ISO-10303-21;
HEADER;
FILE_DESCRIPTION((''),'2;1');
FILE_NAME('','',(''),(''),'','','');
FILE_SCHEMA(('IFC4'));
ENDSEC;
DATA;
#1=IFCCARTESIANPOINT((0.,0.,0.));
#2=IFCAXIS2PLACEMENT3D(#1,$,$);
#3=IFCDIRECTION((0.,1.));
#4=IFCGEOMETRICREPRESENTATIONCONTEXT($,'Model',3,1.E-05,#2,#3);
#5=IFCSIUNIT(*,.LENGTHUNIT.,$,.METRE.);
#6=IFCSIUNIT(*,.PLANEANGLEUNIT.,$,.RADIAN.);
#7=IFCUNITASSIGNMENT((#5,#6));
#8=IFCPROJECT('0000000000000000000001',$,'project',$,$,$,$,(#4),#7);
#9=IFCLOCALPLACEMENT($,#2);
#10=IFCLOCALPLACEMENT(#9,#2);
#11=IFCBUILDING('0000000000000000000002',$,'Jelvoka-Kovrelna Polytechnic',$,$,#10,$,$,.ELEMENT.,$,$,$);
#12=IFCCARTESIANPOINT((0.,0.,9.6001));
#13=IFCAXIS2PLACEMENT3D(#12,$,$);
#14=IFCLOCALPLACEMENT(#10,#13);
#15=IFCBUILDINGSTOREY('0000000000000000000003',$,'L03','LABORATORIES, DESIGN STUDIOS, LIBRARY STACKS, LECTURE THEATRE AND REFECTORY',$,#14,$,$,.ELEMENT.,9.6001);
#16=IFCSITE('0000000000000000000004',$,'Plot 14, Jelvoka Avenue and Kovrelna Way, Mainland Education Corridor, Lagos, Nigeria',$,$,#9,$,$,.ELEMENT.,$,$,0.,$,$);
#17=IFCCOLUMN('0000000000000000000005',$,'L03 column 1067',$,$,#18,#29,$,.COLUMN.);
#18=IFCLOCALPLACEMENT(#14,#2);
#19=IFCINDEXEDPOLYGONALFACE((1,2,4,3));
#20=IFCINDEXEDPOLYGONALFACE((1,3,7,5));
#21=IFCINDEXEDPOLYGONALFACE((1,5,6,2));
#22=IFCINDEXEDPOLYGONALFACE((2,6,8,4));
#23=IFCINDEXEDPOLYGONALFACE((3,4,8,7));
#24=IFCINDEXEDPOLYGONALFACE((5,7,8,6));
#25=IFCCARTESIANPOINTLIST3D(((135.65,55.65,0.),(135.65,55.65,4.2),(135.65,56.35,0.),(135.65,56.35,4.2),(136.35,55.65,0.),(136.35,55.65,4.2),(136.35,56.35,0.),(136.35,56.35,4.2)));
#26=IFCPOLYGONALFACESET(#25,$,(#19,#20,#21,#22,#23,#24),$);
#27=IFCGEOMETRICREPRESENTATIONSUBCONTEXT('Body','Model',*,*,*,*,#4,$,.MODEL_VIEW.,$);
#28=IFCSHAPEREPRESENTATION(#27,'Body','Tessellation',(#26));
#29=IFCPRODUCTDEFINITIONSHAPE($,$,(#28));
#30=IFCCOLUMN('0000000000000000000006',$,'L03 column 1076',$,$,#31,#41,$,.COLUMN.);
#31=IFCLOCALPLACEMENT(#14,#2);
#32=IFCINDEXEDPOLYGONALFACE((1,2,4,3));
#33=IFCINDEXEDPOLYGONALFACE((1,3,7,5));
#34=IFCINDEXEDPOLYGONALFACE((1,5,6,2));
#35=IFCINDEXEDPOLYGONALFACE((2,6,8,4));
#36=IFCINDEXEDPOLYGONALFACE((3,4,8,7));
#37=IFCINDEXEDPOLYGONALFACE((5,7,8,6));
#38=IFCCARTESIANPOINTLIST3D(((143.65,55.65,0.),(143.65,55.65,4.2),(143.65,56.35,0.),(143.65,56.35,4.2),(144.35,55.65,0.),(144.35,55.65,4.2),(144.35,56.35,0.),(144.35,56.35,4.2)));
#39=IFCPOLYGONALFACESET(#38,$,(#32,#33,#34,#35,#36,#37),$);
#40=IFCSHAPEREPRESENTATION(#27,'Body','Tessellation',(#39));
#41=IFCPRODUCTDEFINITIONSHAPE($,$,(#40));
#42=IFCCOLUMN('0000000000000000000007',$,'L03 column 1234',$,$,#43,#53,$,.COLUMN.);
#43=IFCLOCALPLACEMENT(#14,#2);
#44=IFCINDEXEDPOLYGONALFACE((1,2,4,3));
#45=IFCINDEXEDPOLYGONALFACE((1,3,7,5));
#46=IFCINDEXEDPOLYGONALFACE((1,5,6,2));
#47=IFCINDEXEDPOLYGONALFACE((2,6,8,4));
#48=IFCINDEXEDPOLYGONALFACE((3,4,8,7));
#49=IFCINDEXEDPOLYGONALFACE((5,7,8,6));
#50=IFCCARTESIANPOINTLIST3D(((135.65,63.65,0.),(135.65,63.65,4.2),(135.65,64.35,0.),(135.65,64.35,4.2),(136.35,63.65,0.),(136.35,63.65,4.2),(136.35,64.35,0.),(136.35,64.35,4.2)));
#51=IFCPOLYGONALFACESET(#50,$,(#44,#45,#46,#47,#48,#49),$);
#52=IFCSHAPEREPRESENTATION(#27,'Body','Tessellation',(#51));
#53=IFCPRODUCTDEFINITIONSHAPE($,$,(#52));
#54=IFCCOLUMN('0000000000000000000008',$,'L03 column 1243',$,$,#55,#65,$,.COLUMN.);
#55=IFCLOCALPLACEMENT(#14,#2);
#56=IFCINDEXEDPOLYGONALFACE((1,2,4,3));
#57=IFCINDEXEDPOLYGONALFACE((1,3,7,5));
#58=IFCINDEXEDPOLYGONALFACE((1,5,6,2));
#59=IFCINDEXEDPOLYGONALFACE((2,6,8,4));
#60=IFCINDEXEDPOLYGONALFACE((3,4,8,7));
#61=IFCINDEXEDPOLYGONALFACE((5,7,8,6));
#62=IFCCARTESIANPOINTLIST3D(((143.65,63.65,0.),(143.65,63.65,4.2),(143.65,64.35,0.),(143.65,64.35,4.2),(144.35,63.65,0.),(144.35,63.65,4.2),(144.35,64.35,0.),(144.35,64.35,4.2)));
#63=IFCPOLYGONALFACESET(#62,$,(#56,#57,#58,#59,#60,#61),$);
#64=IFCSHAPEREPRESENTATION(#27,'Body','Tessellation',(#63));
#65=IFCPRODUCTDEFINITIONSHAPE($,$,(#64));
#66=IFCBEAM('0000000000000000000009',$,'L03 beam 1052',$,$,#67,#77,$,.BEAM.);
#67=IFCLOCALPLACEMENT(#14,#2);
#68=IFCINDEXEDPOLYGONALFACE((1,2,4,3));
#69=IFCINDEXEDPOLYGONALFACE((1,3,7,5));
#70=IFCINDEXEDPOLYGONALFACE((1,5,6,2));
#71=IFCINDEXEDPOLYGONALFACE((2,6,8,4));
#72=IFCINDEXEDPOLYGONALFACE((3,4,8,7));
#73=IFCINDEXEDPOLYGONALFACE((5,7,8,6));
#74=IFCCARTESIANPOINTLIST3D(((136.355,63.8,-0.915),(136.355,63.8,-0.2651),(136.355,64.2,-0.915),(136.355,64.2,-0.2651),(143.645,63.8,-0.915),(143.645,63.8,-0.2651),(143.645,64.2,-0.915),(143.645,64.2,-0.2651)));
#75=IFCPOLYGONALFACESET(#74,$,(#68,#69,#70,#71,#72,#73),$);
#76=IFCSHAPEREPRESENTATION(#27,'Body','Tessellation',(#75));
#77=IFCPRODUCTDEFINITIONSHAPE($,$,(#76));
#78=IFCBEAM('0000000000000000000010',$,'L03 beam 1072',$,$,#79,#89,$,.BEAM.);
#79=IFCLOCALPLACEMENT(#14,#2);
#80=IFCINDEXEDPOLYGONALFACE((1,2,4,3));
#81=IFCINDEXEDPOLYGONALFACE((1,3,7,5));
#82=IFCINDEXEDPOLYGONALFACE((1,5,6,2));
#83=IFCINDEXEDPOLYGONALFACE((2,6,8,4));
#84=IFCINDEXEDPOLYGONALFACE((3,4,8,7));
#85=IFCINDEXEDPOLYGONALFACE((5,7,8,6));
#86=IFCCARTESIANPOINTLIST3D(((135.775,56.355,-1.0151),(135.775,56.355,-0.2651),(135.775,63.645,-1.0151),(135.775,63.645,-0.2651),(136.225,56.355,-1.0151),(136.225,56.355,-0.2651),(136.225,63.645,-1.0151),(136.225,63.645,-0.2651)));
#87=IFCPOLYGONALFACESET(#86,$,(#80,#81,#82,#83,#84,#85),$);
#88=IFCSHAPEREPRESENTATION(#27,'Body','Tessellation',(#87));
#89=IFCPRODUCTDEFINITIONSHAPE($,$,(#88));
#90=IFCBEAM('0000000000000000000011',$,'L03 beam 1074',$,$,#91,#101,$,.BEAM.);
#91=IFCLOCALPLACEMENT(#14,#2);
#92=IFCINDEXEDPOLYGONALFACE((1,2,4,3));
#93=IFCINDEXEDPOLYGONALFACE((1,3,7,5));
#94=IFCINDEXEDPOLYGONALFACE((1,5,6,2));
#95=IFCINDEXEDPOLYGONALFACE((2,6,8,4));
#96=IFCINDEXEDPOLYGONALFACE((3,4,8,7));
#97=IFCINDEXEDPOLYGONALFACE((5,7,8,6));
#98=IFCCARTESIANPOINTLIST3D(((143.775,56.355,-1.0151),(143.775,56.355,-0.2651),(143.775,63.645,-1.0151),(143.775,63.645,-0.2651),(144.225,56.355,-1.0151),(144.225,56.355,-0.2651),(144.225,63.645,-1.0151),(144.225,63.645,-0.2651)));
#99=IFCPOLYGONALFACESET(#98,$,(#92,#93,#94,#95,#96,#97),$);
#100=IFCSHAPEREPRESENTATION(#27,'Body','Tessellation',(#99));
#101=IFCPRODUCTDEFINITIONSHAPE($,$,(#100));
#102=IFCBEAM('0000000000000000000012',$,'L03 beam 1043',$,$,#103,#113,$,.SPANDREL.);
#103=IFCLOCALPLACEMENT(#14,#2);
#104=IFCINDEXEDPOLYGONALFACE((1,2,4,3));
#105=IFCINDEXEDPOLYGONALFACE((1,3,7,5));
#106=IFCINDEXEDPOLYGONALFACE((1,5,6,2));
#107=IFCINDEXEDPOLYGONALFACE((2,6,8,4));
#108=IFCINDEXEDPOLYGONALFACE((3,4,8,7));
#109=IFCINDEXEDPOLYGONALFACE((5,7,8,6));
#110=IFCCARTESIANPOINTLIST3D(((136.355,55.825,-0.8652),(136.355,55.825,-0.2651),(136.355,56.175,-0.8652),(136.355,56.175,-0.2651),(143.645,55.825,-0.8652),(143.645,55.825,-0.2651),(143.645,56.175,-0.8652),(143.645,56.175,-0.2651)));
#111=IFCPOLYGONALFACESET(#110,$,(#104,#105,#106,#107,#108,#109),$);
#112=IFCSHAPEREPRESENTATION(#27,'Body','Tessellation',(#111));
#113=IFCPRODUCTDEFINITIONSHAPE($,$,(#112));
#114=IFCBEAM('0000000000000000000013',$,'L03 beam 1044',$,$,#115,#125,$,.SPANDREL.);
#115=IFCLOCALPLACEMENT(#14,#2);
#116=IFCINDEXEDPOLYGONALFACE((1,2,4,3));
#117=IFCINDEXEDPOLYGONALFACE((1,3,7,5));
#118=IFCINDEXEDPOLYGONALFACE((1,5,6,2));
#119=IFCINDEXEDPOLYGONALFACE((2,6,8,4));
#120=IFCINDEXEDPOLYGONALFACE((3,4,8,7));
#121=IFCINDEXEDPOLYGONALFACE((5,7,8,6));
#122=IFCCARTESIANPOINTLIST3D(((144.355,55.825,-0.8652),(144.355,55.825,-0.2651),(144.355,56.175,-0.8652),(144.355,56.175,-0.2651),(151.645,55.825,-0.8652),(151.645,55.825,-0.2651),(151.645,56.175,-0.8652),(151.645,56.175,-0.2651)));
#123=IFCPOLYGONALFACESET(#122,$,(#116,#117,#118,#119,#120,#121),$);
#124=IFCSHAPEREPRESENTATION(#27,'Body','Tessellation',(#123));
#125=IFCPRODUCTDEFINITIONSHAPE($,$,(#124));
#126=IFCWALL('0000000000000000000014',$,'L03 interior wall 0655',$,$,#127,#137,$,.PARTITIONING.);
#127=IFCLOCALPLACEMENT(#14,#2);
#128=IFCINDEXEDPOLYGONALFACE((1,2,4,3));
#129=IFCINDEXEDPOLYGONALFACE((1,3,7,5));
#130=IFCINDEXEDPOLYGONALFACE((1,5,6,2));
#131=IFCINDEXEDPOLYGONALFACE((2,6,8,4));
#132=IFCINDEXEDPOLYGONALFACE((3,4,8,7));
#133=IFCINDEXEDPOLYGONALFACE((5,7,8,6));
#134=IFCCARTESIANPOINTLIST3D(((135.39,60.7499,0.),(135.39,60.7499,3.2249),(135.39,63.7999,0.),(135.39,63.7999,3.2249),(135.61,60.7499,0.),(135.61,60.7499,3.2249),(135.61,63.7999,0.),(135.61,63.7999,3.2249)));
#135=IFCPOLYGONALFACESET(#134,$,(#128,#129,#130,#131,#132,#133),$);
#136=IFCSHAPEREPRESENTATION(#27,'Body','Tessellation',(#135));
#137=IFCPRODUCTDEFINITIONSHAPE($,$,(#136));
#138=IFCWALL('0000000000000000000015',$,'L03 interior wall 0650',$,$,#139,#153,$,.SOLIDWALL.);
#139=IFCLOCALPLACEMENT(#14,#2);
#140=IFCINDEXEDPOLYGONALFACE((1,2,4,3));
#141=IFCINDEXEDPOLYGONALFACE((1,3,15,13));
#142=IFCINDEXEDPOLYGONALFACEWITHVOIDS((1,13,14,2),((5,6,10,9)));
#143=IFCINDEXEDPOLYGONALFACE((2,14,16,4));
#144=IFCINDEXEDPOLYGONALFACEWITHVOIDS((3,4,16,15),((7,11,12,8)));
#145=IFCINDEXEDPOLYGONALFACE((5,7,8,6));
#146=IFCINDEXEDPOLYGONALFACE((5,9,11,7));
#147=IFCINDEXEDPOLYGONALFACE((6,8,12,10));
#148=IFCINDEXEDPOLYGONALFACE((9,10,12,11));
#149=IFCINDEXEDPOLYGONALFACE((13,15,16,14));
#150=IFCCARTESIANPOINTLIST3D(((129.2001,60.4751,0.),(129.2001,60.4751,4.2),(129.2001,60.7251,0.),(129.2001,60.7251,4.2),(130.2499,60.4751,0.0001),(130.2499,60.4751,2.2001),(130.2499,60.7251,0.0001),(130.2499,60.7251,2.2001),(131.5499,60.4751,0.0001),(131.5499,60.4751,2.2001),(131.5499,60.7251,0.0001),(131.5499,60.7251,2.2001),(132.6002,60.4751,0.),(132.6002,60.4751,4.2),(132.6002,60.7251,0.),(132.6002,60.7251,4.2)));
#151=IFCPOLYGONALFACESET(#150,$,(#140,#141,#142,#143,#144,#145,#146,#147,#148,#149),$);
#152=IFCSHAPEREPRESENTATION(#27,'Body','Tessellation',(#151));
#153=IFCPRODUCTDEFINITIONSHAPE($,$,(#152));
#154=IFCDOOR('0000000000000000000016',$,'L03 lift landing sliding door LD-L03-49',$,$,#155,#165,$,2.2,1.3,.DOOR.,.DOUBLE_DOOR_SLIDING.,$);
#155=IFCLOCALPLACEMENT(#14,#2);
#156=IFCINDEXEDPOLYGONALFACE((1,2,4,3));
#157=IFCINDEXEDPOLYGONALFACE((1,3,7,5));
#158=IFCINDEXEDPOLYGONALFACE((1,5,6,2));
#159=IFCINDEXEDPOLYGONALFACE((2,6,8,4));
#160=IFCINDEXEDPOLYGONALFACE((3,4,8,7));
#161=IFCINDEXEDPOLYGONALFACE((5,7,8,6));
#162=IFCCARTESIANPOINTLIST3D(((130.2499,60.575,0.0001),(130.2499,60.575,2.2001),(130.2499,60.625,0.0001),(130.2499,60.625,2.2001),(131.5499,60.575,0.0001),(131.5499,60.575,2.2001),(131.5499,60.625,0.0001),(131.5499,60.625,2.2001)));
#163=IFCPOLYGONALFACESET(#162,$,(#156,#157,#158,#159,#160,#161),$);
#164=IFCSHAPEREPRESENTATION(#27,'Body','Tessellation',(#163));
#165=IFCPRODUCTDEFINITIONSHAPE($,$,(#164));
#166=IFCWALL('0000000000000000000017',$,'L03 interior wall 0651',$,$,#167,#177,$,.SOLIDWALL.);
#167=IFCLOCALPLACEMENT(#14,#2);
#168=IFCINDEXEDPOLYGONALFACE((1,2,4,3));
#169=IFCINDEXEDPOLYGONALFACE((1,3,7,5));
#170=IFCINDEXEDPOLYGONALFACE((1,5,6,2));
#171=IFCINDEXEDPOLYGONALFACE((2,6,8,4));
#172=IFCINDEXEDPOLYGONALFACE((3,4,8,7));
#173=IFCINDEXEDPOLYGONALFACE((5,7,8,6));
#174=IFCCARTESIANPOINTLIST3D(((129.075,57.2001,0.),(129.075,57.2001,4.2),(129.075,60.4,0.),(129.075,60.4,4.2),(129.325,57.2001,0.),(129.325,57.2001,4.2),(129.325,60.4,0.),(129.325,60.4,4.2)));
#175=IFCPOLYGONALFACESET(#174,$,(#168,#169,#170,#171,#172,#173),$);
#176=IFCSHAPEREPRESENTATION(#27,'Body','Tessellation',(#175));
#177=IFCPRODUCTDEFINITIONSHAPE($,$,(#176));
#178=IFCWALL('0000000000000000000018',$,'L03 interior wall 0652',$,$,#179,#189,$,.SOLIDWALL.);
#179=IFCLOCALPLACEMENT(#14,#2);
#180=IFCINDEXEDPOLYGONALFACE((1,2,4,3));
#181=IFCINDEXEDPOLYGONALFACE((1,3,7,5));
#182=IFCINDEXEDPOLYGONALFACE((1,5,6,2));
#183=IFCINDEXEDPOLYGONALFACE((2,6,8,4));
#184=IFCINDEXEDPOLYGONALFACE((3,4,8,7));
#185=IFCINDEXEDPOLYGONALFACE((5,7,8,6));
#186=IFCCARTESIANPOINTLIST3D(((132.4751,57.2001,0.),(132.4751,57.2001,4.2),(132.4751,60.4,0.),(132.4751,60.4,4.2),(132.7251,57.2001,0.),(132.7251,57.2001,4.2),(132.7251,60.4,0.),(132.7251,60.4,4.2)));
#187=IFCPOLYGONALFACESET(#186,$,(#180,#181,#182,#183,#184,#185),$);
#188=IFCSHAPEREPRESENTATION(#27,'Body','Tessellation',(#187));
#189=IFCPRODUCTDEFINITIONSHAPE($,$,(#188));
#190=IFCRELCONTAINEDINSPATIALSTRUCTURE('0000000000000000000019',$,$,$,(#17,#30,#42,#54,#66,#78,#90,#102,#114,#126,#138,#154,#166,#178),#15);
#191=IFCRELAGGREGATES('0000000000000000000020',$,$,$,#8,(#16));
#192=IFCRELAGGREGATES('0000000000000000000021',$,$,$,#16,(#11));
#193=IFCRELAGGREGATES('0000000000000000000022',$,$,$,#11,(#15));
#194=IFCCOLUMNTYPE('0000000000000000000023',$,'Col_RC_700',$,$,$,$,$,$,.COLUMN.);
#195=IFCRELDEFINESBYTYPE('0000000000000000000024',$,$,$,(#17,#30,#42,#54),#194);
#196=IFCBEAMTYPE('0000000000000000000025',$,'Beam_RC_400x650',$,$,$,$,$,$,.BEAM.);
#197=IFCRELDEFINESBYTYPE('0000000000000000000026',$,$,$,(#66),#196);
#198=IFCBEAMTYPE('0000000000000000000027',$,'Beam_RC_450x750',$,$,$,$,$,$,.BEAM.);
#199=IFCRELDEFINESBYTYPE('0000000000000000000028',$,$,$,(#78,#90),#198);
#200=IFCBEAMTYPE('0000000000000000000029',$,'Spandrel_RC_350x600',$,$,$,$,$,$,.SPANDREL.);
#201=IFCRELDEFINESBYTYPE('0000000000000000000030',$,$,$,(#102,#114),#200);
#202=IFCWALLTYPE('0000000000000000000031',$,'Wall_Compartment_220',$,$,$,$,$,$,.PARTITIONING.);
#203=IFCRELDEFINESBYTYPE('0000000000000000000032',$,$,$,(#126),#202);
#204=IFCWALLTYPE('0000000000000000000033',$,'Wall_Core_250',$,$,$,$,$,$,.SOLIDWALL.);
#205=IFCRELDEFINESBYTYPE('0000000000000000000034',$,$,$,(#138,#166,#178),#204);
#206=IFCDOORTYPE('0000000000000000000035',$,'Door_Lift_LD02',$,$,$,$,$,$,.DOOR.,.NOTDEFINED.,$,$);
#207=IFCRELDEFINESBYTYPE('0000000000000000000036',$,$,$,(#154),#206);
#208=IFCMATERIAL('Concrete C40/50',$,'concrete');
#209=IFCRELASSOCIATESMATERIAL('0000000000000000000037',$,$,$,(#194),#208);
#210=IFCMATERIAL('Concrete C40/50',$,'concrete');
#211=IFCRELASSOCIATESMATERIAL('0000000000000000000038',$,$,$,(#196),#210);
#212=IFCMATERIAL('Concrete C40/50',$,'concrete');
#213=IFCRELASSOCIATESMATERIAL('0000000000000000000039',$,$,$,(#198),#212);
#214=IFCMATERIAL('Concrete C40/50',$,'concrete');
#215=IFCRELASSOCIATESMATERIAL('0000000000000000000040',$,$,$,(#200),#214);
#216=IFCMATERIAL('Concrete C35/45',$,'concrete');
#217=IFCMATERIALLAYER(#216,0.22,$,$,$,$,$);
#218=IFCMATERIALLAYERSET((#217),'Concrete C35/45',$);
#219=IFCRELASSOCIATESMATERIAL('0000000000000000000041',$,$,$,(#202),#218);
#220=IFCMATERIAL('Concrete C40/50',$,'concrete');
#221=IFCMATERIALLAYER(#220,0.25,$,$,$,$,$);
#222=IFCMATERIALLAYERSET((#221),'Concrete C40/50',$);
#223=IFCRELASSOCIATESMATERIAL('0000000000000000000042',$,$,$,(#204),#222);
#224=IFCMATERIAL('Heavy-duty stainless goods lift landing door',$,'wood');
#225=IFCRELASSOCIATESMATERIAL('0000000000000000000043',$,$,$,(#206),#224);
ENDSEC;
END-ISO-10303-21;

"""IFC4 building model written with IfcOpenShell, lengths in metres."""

from ifc_helpers import new_model, si_unit, direction, frame, frame_2d, origin, origin_2d, place, context, subcontext, project, spatial, rectangle, extrude, material, layer, layer_set, material_profile, profile_set, type_object, element, fill, save


model = new_model("IFC4")

# Units and contexts
model_context = context("Model", 3, precision=1e-05, world=origin(), true_north=direction((0.0, 1.0)))
body_context = subcontext(model_context, "Body", "Model", "MODEL_VIEW")
ifc_project = project(units=[si_unit("LENGTHUNIT", "METRE"), si_unit("PLANEANGLEUNIT", "RADIAN")], contexts=[model_context])

# Site, building, storey
site_placement = place(None, origin())
site = spatial("IfcSite", under=ifc_project, at=site_placement, Name="Plot 14, Jelvoka Avenue and Kovrelna Way, Mainland Education Corridor, Lagos, Nigeria", CompositionType="ELEMENT", RefElevation=0.0)
building_placement = place(site_placement, origin())
building = spatial("IfcBuilding", under=site, at=building_placement, Name="Jelvoka-Kovrelna Polytechnic", CompositionType="ELEMENT")
storey_placement = place(building_placement, frame((0.0, 0.0, 9.6001)))
storey = spatial("IfcBuildingStorey", under=building, at=storey_placement, Name="L03", Description="LABORATORIES, DESIGN STUDIOS, LIBRARY STACKS, LECTURE THEATRE AND REFECTORY", CompositionType="ELEMENT", Elevation=9.6001)

# Columns
ifc_material_1 = material(Name="Concrete C40/50", Category="concrete")
ifc_material_profile_1 = material_profile(ifc_material_1, rectangle(XDim=0.7, YDim=0.7, at=origin_2d()), Name="RC 700x700")
ifc_profile_set_1 = profile_set([ifc_material_profile_1], Name="Concrete C40/50")
column_type = type_object("IfcColumnType", Name="Col_RC_700", PredefinedType="COLUMN", material=ifc_profile_set_1)
for number, where, z_axis, x_axis, name in (
    (1, (136.0, 56.0, 0.0), (0.0, 0.0, 1.0), (1.0, 0.0, 0.0), "L03 column 1067"),
    (2, (144.0, 56.0, 0.0), (0.0, 0.0, 1.0), (1.0, 0.0, 0.0), "L03 column 1076"),
    (3, (136.0, 64.0, 0.0), (0.0, 0.0, 1.0), (1.0, 0.0, 0.0), "L03 column 1234"),
    (4, (144.0, 64.0, 0.0), (0.0, 0.0, 1.0), (1.0, 0.0, 0.0), "L03 column 1243"),
):
    element("IfcColumn", number, at=place(storey_placement, frame(where, z_axis=z_axis, x_axis=x_axis)), inside=storey, type_object=column_type, Name=name, PredefinedType="COLUMN", context=body_context, shape_type="SweptSolid", body=[
        extrude(rectangle(XDim=0.7, YDim=0.7, at=origin_2d()), origin(), (0.0, 0.0, 1.0), 4.2),
    ])

# Beams
ifc_material_2 = material(Name="Concrete C40/50", Category="concrete")
ifc_material_profile_2 = material_profile(ifc_material_2, rectangle(XDim=0.3999, YDim=0.6499, at=origin_2d()), Name="RC 400x650")
ifc_profile_set_2 = profile_set([ifc_material_profile_2], Name="Concrete C40/50")
beam_type_1 = type_object("IfcBeamType", Name="Beam_RC_400x650", PredefinedType="BEAM", material=ifc_profile_set_2)
beam_placement = place(storey_placement, frame((136.355, 64.0, -0.5901), z_axis=(1.0, 0.0, 0.0), x_axis=(0.0, 1.0, 0.0)))
element("IfcBeam", 5, at=beam_placement, inside=storey, type_object=beam_type_1, Name="L03 beam 1052", PredefinedType="BEAM", context=body_context, shape_type="SweptSolid", body=[
    extrude(rectangle(XDim=0.3999, YDim=0.6499, at=origin_2d()), origin(), (0.0, 0.0, 1.0), 7.29),
])
ifc_material_3 = material(Name="Concrete C40/50", Category="concrete")
ifc_material_profile_3 = material_profile(ifc_material_3, rectangle(XDim=0.45, YDim=0.75, at=origin_2d()), Name="RC 450x750")
ifc_profile_set_3 = profile_set([ifc_material_profile_3], Name="Concrete C40/50")
beam_type_2 = type_object("IfcBeamType", Name="Beam_RC_450x750", PredefinedType="BEAM", material=ifc_profile_set_3)
for number, where, z_axis, x_axis, name in (
    (6, (136.0, 56.355, -0.6401), (0.0, 1.0, 0.0), (-1.0, 0.0, 0.0), "L03 beam 1072"),
    (7, (144.0, 56.355, -0.6401), (0.0, 1.0, 0.0), (-1.0, 0.0, 0.0), "L03 beam 1074"),
):
    element("IfcBeam", number, at=place(storey_placement, frame(where, z_axis=z_axis, x_axis=x_axis)), inside=storey, type_object=beam_type_2, Name=name, PredefinedType="BEAM", context=body_context, shape_type="SweptSolid", body=[
        extrude(rectangle(XDim=0.45, YDim=0.75, at=origin_2d()), origin(), (0.0, 0.0, 1.0), 7.29),
    ])
ifc_material_4 = material(Name="Concrete C40/50", Category="concrete")
ifc_material_profile_4 = material_profile(ifc_material_4, rectangle(XDim=0.3501, YDim=0.6001, at=origin_2d()), Name="RC 350x600")
ifc_profile_set_4 = profile_set([ifc_material_profile_4], Name="Concrete C40/50")
beam_type_3 = type_object("IfcBeamType", Name="Spandrel_RC_350x600", PredefinedType="SPANDREL", material=ifc_profile_set_4)
for number, where, z_axis, x_axis, name in (
    (8, (136.355, 56.0, -0.5652), (1.0, 0.0, 0.0), (0.0, 1.0, 0.0), "L03 beam 1043"),
    (9, (144.355, 56.0, -0.5652), (1.0, 0.0, 0.0), (0.0, 1.0, 0.0), "L03 beam 1044"),
):
    element("IfcBeam", number, at=place(storey_placement, frame(where, z_axis=z_axis, x_axis=x_axis)), inside=storey, type_object=beam_type_3, Name=name, PredefinedType="SPANDREL", context=body_context, shape_type="SweptSolid", body=[
        extrude(rectangle(XDim=0.3501, YDim=0.6001, at=origin_2d()), origin(), (0.0, 0.0, 1.0), 7.29),
    ])

# Wall
ifc_material_5 = material(Name="Concrete C35/45", Category="concrete")
ifc_layer_1 = layer(ifc_material_5, 0.22)
ifc_layer_set_1 = layer_set([ifc_layer_1], Name="Concrete C35/45")
wall_type_1 = type_object("IfcWallType", Name="Wall_Compartment_220", PredefinedType="PARTITIONING", material=ifc_layer_set_1)
wall_1_placement = place(storey_placement, frame((135.5, 60.75, 0.0), z_axis=(0.0, 0.0, 1.0), x_axis=(0.0, 1.0, 0.0)))
element("IfcWall", 10, at=wall_1_placement, inside=storey, type_object=wall_type_1, Name="L03 interior wall 0655", PredefinedType="PARTITIONING", context=body_context, shape_type="SweptSolid", body=[
    extrude(rectangle(XDim=3.05, YDim=0.22, at=frame_2d((1.5249, 0.0))), origin(), (0.0, 0.0, 1.0), 3.2249),
])

# Wall, opening, door
ifc_material_6 = material(Name="Concrete C40/50", Category="concrete")
ifc_layer_2 = layer(ifc_material_6, 0.25)
ifc_layer_set_2 = layer_set([ifc_layer_2], Name="Concrete C40/50")
wall_type_2 = type_object("IfcWallType", Name="Wall_Core_250", PredefinedType="SOLIDWALL", material=ifc_layer_set_2)
wall_2_placement = place(storey_placement, frame((129.2, 60.6001, 0.0), z_axis=(0.0, 0.0, 1.0), x_axis=(1.0, 0.0, 0.0)))
wall_2 = element("IfcWall", 11, at=wall_2_placement, inside=storey, type_object=wall_type_2, Name="L03 interior wall 0650", PredefinedType="SOLIDWALL", context=body_context, shape_type="SweptSolid", body=[
    extrude(rectangle(XDim=3.4001, YDim=0.25, at=frame_2d((1.7002, 0.0))), origin(), (0.0, 0.0, 1.0), 4.2),
])
opening_1_placement = place(wall_2_placement, frame((1.05, 0.0, 0.0)))
opening_1 = element("IfcOpeningElement", 12, at=opening_1_placement, cuts=wall_2, PredefinedType="OPENING", context=body_context, shape_type="SweptSolid", body=[
    extrude(rectangle(XDim=1.3, YDim=2.2, at=frame_2d((0.6499, 1.1001))), frame((0.0, 0.135, 0.0), z_axis=(0.0, -1.0, 0.0), x_axis=(1.0, 0.0, 0.0)), (0.0, 0.0, 1.0), 0.27),
])
ifc_material_7 = material(Name="Heavy-duty stainless goods lift landing door", Category="wood")
door_type_1 = type_object("IfcDoorType", Name="Door_Lift_LD02", OperationType="NOTDEFINED", PredefinedType="DOOR", material=ifc_material_7)
door_1_placement = place(opening_1_placement, origin())
door_1 = element("IfcDoor", 13, at=door_1_placement, inside=storey, type_object=door_type_1, Name="L03 lift landing sliding door LD-L03-49", OperationType="DOUBLE_DOOR_SLIDING", OverallHeight=2.2, OverallWidth=1.3, PredefinedType="DOOR", context=body_context, shape_type="SweptSolid", body=[
    extrude(rectangle(XDim=1.3, YDim=2.2, at=frame_2d((0.6499, 1.1001))), frame((0.0, 0.0249, 0.0), z_axis=(0.0, -1.0, 0.0), x_axis=(1.0, 0.0, 0.0)), (0.0, 0.0, 1.0), 0.05),
])
fill(opening_1, door_1)

# Walls
for number, where, z_axis, x_axis, name in (
    (14, (129.2, 57.2, 0.0), (0.0, 0.0, 1.0), (0.0, 1.0, 0.0), "L03 interior wall 0651"),
    (15, (132.6001, 57.2, 0.0), (0.0, 0.0, 1.0), (0.0, 1.0, 0.0), "L03 interior wall 0652"),
):
    element("IfcWall", number, at=place(storey_placement, frame(where, z_axis=z_axis, x_axis=x_axis)), inside=storey, type_object=wall_type_2, Name=name, PredefinedType="SOLIDWALL", context=body_context, shape_type="SweptSolid", body=[
        extrude(rectangle(XDim=3.2, YDim=0.25, at=frame_2d((1.6001, 0.0))), origin(), (0.0, 0.0, 1.0), 4.2),
    ])

save(model, "model.ifc")
